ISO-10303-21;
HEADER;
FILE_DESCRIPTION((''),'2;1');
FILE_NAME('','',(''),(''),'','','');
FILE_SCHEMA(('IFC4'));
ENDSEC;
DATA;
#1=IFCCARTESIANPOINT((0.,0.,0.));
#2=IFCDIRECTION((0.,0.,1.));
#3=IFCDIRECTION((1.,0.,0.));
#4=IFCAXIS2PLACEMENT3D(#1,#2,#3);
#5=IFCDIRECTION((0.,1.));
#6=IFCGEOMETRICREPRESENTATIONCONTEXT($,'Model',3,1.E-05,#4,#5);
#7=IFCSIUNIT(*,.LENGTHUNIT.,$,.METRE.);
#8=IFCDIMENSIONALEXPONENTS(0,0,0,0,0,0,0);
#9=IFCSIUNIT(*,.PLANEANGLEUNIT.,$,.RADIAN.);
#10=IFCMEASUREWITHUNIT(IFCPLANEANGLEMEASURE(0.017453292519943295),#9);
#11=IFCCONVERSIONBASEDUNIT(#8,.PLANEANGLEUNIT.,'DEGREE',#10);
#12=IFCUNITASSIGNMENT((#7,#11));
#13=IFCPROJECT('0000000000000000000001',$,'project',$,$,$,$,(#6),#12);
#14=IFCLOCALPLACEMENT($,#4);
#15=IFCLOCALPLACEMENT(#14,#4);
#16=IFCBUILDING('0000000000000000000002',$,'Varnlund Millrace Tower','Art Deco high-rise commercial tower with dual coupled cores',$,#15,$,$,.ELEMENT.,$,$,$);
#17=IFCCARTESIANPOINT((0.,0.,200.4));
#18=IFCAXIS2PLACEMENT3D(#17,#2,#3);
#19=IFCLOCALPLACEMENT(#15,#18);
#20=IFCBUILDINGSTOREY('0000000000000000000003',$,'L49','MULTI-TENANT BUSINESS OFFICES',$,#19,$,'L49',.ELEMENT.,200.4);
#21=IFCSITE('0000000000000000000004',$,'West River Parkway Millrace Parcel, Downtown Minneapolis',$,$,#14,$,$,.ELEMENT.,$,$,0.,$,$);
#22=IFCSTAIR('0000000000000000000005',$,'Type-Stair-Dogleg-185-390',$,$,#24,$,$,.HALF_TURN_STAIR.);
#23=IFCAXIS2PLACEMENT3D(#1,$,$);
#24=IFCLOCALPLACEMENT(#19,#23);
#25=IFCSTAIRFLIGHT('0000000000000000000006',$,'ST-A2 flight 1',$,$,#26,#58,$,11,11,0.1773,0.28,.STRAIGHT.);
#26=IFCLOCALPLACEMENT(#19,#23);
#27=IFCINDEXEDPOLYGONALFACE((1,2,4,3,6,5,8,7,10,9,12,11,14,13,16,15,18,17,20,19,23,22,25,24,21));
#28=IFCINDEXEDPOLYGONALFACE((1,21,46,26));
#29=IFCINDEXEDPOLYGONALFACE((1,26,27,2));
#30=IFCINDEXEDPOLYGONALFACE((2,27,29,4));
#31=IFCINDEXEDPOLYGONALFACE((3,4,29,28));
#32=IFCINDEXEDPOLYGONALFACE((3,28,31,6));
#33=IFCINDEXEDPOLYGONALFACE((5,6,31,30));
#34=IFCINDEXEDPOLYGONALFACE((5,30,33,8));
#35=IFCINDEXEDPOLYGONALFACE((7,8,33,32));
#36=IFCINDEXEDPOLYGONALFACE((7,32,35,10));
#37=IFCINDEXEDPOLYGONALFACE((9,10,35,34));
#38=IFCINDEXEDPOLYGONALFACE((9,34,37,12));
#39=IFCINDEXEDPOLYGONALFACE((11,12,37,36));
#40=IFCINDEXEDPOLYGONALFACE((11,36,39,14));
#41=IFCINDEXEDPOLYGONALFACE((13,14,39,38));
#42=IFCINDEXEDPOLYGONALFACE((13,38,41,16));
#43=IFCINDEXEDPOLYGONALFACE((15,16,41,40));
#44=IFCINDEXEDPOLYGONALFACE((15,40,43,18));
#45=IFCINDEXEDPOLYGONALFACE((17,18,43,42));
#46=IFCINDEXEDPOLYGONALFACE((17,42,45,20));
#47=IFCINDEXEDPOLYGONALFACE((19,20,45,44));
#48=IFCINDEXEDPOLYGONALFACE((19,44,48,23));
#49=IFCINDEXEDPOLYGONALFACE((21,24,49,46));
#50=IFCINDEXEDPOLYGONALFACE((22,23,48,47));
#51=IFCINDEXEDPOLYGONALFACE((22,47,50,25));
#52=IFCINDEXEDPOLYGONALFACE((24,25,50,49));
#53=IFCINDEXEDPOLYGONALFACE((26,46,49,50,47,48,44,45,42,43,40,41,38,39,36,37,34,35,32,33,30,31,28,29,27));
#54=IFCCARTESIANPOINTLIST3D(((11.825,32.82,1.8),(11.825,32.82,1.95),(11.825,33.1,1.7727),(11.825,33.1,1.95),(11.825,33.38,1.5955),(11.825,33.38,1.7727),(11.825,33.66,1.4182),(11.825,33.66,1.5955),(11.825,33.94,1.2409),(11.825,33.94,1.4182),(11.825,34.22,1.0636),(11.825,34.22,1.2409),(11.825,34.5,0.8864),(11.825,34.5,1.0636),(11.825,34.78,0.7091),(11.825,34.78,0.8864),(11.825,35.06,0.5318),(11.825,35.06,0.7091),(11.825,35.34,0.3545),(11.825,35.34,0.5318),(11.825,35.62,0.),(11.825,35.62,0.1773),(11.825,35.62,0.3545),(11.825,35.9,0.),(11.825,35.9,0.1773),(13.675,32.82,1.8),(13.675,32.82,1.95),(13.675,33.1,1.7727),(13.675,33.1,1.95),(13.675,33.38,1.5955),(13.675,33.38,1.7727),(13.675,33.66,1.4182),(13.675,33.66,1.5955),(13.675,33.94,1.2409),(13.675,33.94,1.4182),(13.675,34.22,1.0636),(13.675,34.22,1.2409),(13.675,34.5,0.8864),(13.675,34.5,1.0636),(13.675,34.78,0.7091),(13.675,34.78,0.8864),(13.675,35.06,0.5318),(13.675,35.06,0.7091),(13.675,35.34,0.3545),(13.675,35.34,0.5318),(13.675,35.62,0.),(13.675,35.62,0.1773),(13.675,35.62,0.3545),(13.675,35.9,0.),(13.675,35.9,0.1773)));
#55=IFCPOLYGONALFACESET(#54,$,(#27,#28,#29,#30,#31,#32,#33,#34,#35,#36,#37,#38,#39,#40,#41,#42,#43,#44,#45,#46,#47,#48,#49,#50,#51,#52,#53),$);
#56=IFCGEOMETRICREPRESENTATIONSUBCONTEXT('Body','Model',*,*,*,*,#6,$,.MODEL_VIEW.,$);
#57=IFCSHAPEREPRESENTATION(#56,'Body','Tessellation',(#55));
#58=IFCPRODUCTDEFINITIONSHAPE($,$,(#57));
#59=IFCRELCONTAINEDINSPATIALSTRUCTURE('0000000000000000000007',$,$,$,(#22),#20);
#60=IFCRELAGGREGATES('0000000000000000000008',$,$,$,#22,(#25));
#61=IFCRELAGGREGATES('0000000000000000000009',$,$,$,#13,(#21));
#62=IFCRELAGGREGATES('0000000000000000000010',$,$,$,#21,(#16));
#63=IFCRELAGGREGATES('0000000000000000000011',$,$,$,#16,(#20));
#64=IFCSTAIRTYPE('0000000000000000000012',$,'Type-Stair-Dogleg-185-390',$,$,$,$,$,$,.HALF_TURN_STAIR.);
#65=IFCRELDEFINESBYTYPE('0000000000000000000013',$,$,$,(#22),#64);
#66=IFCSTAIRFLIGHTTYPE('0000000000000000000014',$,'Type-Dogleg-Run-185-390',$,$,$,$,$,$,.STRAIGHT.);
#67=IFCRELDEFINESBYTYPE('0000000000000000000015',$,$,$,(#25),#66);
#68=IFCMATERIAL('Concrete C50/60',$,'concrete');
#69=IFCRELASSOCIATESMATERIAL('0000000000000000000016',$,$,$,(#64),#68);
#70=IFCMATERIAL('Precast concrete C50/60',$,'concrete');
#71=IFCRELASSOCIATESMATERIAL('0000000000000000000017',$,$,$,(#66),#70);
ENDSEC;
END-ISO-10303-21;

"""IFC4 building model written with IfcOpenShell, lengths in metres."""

from ifc_helpers import new_model, entity, si_unit, converted_unit, direction, frame, origin_with_axes, place, context, subcontext, project, spatial, polyline, outline, extrude, material, type_object, element, aggregate, save


model = new_model("IFC4")

# Units and contexts
model_context = context("Model", 3, precision=1e-05, world=origin_with_axes(), true_north=direction((0.0, 1.0)))
body_context = subcontext(model_context, "Body", "Model", "MODEL_VIEW")
ifc_project = project(units=[si_unit("LENGTHUNIT", "METRE"), converted_unit("PLANEANGLEUNIT", "DEGREE", entity("IfcPlaneAngleMeasure", 0.017453292519943295), si_unit("PLANEANGLEUNIT", "RADIAN"), dimensions=[0, 0, 0, 0, 0, 0, 0])], contexts=[model_context])

# Site, building, storey
site_placement = place(None, origin_with_axes())
site = spatial("IfcSite", under=ifc_project, at=site_placement, Name="West River Parkway Millrace Parcel, Downtown Minneapolis", CompositionType="ELEMENT", RefElevation=0.0)
building_placement = place(site_placement, origin_with_axes())
building = spatial("IfcBuilding", under=site, at=building_placement, Name="Varnlund Millrace Tower", Description="Art Deco high-rise commercial tower with dual coupled cores", CompositionType="ELEMENT")
storey_placement = place(building_placement, frame((0.0, 0.0, 200.4), z_axis=(0.0, 0.0, 1.0), x_axis=(1.0, 0.0, 0.0)))
storey = spatial("IfcBuildingStorey", under=building, at=storey_placement, Name="L49", Description="MULTI-TENANT BUSINESS OFFICES", LongName="L49", CompositionType="ELEMENT", Elevation=200.4)

# Stair, stair flight
ifc_material_1 = material(Name="Concrete C50/60", Category="concrete")
ifc_material_2 = material(Name="Precast concrete C50/60", Category="concrete")
stair_type_1 = type_object("IfcStairType", Name="Type-Stair-Dogleg-185-390", PredefinedType="HALF_TURN_STAIR", material=ifc_material_1)
stair_1_placement = place(storey_placement, origin_with_axes())
stair_1 = element("IfcStair", 1, at=stair_1_placement, inside=storey, type_object=stair_type_1, Name="Type-Stair-Dogleg-185-390", PredefinedType="HALF_TURN_STAIR")
stair_flight_type_1 = type_object("IfcStairFlightType", Name="Type-Dogleg-Run-185-390", PredefinedType="STRAIGHT", material=ifc_material_2)
stair_flight_1_placement = place(storey_placement, frame((13.675, 35.9, 0.0), z_axis=(-1.0, 0.0, 0.0), x_axis=(0.0, -1.0, 0.0)))
stair_flight_1 = element("IfcStairFlight", 2, at=stair_flight_1_placement, type_object=stair_flight_type_1, Name="ST-A2 flight 1", NumberOfRisers=11, NumberOfTreads=11, PredefinedType="STRAIGHT", RiserHeight=0.1773, TreadLength=0.28, context=body_context, shape_type="SweptSolid", body=[
    extrude(outline(polyline([(0.0, 0.0), (0.0, 0.1773), (0.28, 0.1773), (0.28, 0.3545), (0.56, 0.3545), (0.56, 0.5318), (0.84, 0.5318), (0.84, 0.7091), (1.12, 0.7091), (1.12, 0.8864), (1.4, 0.8864), (1.4, 1.0636), (1.68, 1.0636), (1.68, 1.2409), (1.96, 1.2409), (1.96, 1.4182), (2.24, 1.4182), (2.24, 1.5955), (2.52, 1.5955), (2.52, 1.7727), (2.8, 1.7727), (2.8, 1.95), (3.08, 1.95), (3.08, 1.8), (0.28, 0.0), (0.0, 0.0)])), origin_with_axes(), (0.0, 0.0, 1.0), 1.85),
])
aggregate(stair_1, [stair_flight_1])

save(model, "model.ifc")
